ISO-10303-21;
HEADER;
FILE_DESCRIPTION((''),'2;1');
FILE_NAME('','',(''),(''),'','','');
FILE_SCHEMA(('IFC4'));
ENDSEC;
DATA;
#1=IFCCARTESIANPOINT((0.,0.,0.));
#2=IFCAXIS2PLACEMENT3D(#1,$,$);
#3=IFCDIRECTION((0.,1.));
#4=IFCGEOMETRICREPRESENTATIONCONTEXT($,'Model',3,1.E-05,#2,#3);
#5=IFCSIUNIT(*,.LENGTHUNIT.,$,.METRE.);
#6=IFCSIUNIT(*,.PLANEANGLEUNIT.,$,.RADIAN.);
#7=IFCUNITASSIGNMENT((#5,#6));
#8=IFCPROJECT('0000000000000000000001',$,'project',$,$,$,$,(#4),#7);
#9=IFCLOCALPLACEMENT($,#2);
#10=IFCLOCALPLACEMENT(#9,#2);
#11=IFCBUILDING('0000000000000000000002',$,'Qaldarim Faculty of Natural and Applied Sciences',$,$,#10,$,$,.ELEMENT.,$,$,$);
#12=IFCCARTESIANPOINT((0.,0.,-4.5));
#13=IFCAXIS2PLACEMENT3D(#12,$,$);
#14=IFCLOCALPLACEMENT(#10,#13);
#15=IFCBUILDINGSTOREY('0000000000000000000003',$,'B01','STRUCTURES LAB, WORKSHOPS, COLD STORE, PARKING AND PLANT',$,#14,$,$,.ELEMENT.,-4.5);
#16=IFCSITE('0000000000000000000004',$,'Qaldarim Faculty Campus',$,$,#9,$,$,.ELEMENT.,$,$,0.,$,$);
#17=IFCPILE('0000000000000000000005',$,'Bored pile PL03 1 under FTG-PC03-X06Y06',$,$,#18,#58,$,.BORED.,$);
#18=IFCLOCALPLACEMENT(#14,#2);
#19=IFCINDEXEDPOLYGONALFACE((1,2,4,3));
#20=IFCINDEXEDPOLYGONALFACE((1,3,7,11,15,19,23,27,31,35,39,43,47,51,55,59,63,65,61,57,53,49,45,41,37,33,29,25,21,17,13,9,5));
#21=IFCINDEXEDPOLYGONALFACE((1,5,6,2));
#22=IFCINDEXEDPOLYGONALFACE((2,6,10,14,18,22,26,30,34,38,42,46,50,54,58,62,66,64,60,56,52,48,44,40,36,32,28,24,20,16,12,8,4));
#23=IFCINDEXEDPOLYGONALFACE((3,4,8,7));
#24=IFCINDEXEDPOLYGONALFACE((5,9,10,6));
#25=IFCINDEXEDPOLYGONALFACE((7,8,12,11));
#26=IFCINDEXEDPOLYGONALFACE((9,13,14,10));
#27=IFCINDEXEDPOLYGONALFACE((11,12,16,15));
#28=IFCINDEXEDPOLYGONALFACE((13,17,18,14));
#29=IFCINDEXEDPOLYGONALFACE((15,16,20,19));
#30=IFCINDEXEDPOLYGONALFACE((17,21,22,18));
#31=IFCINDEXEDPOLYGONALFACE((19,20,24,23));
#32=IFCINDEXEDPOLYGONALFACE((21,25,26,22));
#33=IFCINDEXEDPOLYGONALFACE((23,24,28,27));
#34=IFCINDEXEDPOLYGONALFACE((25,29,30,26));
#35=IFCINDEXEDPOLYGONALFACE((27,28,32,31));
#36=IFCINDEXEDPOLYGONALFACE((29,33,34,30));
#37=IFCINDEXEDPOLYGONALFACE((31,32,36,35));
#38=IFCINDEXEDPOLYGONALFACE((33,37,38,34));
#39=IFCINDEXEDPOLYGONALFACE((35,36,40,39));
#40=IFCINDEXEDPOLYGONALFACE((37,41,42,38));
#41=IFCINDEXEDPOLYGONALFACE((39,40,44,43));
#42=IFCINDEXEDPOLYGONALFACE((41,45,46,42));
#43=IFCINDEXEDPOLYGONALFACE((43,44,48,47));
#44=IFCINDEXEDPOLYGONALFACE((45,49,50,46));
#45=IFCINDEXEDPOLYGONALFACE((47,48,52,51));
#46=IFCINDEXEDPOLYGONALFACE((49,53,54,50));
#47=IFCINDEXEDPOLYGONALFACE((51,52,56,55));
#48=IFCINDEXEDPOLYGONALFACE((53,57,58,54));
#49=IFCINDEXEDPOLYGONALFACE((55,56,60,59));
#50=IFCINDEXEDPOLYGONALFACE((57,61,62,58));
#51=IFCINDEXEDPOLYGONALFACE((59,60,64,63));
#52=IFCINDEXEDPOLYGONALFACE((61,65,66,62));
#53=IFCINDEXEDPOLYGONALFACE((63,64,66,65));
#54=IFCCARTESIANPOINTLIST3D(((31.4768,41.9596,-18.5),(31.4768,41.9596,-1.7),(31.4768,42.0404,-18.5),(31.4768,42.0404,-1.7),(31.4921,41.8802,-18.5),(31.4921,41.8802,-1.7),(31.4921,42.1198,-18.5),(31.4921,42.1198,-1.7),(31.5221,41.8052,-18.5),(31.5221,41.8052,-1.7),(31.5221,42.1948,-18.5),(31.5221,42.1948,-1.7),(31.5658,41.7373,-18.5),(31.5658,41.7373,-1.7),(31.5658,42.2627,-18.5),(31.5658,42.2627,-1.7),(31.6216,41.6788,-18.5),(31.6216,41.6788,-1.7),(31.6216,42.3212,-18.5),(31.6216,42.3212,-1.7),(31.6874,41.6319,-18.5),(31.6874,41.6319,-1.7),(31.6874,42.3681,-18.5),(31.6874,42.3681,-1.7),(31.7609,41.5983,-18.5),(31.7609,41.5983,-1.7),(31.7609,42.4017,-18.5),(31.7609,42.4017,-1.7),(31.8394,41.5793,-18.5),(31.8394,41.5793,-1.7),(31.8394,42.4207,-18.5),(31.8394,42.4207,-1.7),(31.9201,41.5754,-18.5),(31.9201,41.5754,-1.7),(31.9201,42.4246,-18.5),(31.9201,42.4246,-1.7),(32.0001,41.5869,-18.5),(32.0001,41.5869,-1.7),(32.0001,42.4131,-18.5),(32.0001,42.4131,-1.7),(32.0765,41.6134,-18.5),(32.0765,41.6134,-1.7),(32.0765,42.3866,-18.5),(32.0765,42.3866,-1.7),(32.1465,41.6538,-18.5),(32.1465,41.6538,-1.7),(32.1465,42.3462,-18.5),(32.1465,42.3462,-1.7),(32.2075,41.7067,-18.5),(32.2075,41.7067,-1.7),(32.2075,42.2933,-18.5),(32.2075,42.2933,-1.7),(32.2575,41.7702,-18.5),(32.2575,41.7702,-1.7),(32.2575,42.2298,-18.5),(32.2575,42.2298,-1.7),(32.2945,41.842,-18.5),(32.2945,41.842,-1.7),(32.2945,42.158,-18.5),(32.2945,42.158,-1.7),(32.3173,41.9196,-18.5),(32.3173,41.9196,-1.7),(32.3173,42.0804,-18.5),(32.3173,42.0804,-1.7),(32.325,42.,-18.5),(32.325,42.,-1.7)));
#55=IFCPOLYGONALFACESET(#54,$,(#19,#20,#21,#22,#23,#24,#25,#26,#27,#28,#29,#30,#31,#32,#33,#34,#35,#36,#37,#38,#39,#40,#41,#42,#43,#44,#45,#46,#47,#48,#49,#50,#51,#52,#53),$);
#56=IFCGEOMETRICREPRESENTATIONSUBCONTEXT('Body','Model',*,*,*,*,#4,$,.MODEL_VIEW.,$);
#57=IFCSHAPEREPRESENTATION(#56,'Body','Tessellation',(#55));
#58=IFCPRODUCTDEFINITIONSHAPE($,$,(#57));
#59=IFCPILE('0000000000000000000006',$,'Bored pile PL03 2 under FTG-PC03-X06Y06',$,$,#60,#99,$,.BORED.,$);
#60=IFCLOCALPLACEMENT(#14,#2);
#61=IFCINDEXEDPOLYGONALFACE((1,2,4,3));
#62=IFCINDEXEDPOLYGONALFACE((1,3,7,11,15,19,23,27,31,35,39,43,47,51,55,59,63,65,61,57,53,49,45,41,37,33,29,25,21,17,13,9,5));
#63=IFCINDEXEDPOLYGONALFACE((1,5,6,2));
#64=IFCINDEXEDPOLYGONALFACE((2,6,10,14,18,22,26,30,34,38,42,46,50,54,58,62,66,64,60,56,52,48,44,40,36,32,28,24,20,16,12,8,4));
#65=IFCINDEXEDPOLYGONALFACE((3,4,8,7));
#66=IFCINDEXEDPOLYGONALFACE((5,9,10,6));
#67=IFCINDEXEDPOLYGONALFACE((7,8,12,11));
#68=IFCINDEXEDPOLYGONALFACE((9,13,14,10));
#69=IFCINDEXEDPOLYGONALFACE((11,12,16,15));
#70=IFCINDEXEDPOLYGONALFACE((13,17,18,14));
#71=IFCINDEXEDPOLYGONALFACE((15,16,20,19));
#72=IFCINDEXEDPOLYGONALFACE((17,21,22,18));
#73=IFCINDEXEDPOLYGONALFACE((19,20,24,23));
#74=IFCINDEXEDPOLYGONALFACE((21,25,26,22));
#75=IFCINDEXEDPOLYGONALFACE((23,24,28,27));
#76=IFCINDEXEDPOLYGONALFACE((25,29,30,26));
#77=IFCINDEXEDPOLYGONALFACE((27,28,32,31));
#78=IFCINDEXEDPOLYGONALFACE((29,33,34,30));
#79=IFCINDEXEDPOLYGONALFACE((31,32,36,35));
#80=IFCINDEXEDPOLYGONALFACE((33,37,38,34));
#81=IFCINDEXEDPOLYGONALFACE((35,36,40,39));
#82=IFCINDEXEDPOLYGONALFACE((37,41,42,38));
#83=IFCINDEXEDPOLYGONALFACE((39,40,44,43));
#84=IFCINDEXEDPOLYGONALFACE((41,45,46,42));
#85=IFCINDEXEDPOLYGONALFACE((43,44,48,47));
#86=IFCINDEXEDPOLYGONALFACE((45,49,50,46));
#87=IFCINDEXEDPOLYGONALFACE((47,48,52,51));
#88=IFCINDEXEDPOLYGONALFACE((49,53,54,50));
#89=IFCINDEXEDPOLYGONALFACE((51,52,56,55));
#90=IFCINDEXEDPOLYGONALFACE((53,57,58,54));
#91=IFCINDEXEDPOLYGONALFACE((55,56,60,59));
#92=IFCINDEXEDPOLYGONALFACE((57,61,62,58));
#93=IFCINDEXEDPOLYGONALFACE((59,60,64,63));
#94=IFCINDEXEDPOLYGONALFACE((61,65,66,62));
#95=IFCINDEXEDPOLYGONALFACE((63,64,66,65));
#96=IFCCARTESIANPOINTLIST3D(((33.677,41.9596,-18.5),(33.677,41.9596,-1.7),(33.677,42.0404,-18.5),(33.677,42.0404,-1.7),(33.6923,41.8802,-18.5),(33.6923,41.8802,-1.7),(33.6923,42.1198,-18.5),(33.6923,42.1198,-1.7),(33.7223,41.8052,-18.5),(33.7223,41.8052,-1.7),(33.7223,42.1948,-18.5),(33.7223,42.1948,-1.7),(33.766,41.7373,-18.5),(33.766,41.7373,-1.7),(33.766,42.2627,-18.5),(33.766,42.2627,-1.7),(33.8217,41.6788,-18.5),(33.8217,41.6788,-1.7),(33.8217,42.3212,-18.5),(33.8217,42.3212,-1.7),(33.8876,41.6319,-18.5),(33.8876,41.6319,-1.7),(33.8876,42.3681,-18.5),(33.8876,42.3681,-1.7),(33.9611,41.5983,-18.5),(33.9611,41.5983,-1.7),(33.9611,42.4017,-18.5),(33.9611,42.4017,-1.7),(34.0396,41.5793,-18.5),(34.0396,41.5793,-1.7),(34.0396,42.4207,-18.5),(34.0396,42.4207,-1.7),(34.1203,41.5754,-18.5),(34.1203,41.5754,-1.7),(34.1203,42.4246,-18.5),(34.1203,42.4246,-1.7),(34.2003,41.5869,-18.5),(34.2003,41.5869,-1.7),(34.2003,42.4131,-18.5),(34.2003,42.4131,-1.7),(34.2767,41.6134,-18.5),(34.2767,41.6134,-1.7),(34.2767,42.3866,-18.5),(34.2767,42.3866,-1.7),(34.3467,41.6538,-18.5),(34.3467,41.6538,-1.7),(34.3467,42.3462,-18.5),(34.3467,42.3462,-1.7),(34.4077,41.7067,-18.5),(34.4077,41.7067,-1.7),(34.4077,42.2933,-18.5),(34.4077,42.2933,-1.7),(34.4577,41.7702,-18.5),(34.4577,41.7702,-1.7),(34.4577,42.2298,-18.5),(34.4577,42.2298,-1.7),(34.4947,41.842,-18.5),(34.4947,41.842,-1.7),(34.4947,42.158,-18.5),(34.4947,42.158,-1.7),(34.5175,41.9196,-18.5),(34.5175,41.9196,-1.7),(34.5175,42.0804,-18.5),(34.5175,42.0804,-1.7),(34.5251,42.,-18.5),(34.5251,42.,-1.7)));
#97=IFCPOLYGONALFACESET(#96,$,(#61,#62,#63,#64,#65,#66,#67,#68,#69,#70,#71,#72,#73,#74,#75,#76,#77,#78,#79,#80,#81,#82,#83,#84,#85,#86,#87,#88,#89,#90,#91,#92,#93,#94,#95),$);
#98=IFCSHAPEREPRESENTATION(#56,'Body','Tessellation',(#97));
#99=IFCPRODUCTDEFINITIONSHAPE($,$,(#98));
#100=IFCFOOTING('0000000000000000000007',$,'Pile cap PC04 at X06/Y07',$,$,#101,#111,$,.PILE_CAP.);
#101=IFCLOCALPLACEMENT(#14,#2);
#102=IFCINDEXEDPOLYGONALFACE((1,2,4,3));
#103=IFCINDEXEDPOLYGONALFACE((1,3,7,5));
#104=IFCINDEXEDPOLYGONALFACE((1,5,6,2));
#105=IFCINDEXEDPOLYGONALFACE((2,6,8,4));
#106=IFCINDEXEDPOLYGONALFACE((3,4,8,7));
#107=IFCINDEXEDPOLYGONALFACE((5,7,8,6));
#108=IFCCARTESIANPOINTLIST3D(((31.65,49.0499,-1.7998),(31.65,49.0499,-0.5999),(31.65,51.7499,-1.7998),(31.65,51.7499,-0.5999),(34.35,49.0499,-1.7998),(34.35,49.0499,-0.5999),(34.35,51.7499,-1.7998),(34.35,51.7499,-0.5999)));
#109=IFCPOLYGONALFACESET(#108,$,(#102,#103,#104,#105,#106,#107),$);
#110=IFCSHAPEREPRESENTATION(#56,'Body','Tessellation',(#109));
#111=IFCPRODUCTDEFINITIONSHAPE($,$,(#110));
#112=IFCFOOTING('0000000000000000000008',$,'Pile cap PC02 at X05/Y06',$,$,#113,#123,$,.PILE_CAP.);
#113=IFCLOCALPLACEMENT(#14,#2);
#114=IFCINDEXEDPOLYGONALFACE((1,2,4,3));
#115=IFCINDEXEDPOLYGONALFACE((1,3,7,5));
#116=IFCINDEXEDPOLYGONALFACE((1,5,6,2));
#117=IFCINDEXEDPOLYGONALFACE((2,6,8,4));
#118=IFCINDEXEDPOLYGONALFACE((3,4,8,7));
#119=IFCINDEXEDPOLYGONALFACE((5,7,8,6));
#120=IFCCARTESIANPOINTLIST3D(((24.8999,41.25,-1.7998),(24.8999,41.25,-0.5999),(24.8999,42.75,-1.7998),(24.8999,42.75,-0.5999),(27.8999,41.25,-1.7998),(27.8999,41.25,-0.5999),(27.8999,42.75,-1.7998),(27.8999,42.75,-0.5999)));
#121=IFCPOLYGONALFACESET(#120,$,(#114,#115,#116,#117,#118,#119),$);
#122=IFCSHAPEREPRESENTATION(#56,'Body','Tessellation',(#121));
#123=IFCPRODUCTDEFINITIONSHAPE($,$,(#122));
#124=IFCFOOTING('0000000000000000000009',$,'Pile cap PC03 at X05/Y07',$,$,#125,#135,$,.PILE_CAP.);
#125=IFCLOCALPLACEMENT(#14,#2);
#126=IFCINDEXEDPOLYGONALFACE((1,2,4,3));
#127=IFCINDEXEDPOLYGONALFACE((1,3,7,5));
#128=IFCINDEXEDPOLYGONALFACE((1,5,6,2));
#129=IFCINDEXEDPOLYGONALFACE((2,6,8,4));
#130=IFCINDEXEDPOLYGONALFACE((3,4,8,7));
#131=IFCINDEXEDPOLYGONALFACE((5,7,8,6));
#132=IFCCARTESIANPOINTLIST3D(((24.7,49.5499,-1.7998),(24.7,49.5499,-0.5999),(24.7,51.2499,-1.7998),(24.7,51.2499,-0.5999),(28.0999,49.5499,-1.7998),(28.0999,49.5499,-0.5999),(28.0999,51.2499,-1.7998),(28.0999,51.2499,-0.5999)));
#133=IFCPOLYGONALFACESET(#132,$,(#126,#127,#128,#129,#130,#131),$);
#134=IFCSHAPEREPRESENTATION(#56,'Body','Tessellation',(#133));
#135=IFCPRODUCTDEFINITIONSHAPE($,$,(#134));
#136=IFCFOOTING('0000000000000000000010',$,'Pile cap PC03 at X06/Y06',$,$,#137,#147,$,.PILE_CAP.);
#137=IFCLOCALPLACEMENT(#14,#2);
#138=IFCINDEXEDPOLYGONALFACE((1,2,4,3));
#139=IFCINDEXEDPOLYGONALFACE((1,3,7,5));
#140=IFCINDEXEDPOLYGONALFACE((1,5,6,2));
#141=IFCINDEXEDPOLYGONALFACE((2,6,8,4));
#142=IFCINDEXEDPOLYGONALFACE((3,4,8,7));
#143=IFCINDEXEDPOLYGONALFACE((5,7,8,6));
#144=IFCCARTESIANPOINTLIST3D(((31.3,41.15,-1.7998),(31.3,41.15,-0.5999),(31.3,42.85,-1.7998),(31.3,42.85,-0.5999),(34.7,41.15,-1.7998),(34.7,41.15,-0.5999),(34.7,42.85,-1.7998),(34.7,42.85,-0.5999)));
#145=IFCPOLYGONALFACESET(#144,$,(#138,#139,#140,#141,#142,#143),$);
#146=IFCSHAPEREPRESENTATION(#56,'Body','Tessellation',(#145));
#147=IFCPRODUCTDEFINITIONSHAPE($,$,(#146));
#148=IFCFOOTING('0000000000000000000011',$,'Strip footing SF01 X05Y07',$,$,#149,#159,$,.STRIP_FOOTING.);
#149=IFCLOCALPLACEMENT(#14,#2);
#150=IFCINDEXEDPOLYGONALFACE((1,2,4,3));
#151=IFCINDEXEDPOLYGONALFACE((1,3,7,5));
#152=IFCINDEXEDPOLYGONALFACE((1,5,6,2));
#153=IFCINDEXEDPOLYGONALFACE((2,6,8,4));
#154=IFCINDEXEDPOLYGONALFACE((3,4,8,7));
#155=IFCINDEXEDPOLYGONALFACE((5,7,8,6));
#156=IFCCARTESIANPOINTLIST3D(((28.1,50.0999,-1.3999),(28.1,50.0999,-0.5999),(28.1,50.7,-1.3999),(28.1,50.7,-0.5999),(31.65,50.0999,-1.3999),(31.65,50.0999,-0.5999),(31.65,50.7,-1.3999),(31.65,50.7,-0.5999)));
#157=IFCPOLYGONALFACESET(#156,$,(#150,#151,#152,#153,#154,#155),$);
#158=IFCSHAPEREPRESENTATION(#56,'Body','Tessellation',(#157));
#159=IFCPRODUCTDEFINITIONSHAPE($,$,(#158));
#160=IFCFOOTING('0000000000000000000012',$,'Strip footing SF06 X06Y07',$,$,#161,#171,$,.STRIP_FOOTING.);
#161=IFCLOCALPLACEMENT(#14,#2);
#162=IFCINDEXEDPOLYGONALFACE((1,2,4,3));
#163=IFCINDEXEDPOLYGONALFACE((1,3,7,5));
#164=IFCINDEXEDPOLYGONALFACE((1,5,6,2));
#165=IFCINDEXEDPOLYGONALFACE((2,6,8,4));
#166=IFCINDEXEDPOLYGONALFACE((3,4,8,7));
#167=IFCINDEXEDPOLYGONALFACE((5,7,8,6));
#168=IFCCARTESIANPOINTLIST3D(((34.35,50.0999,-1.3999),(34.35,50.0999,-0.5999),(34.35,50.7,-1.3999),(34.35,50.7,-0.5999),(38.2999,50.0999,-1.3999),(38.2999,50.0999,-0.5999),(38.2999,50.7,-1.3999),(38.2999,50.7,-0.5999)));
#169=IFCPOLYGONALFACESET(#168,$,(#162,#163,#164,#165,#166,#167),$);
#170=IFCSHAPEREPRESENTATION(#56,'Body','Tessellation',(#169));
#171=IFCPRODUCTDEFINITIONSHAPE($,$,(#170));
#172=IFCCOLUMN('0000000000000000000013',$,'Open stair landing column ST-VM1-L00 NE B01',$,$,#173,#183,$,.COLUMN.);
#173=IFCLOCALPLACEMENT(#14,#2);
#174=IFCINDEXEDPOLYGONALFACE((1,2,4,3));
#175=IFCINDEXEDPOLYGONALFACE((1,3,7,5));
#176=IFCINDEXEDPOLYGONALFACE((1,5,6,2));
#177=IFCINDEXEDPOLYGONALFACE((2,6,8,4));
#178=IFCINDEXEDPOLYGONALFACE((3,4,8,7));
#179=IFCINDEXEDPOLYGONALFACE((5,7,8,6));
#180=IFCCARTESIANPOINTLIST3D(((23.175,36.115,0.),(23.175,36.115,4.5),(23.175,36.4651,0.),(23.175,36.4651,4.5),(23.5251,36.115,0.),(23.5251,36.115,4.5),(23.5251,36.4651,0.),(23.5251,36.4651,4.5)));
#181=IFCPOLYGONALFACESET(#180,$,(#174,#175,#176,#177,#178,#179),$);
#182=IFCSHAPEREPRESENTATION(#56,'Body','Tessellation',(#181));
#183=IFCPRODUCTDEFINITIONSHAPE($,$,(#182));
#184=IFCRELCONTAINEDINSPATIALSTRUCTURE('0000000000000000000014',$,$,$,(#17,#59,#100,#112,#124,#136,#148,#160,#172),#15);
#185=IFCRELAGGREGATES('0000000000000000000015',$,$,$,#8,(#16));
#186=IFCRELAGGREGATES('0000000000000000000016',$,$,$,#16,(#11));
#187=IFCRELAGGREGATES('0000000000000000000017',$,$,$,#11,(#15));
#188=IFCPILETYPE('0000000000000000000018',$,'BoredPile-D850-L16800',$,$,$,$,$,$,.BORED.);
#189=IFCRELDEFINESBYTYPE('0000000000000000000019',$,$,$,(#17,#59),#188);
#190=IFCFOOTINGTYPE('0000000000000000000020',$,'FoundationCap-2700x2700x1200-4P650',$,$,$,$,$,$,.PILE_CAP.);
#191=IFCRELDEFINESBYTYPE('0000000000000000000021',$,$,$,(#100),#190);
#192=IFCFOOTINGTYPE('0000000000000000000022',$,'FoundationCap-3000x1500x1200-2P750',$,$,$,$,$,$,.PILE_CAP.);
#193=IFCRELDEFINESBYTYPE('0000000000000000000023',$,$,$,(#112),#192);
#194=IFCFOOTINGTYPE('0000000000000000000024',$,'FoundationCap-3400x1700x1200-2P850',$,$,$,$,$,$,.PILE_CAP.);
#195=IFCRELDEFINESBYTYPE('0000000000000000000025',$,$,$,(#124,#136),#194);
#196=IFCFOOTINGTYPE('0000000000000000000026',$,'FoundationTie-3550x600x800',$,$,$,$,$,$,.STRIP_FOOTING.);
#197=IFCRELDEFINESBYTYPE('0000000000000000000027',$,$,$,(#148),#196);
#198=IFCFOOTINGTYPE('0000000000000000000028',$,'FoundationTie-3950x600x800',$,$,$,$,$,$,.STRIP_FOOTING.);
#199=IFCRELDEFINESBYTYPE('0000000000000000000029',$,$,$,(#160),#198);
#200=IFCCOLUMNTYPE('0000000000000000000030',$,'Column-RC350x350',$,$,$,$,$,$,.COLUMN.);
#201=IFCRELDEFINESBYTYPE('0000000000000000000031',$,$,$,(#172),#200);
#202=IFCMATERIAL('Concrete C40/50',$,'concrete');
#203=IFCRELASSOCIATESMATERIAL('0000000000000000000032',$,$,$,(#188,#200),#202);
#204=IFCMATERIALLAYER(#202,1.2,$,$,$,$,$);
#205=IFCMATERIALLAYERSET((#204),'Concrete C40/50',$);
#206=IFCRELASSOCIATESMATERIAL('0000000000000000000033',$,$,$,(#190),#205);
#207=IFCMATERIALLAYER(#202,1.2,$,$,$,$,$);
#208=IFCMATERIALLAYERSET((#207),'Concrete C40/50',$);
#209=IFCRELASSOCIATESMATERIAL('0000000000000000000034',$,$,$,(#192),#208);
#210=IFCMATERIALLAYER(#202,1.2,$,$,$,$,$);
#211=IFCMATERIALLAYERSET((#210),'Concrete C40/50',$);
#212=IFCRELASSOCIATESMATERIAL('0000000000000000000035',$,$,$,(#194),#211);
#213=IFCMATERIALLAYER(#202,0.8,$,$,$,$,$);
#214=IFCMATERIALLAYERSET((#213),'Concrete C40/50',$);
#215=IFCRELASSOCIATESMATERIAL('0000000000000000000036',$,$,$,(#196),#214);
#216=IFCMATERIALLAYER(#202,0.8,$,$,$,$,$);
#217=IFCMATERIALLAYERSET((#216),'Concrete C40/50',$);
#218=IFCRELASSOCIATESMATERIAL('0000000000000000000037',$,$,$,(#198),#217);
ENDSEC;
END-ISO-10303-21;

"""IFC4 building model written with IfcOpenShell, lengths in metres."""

from ifc_helpers import new_model, si_unit, direction, frame, origin, origin_2d, place, context, subcontext, project, spatial, rectangle, circle, extrude, material, layer, layer_set, material_profile, profile_set, type_object, element, save


model = new_model("IFC4")

# Units and contexts
model_context = context("Model", 3, precision=1e-05, world=origin(), true_north=direction((0.0, 1.0)))
body_context = subcontext(model_context, "Body", "Model", "MODEL_VIEW")
ifc_project = project(units=[si_unit("LENGTHUNIT", "METRE"), si_unit("PLANEANGLEUNIT", "RADIAN")], contexts=[model_context])

# Site, building, storey
site_placement = place(None, origin())
site = spatial("IfcSite", under=ifc_project, at=site_placement, Name="Qaldarim Faculty Campus", CompositionType="ELEMENT", RefElevation=0.0)
building_placement = place(site_placement, origin())
building = spatial("IfcBuilding", under=site, at=building_placement, Name="Qaldarim Faculty of Natural and Applied Sciences", CompositionType="ELEMENT")
storey_placement = place(building_placement, frame((0.0, 0.0, -4.5)))
storey = spatial("IfcBuildingStorey", under=building, at=storey_placement, Name="B01", Description="STRUCTURES LAB, WORKSHOPS, COLD STORE, PARKING AND PLANT", CompositionType="ELEMENT", Elevation=-4.5)

# Piles
ifc_material_1 = material(Name="Concrete C40/50", Category="concrete")
ifc_material_profile_1 = material_profile(ifc_material_1, circle(Radius=0.425, at=origin_2d()), Name="PILE-D850")
ifc_profile_set_1 = profile_set([ifc_material_profile_1], Name="Concrete C40/50")
pile_type_1 = type_object("IfcPileType", Name="BoredPile-D850-L16800", PredefinedType="BORED", material=ifc_profile_set_1)
for number, where, z_axis, x_axis, name in (
    (1, (31.8999, 42.0, -1.7), (0.0, 0.0, -1.0), (1.0, 0.0, 0.0), "Bored pile PL03 1 under FTG-PC03-X06Y06"),
    (2, (34.1001, 42.0, -1.7), (0.0, 0.0, -1.0), (1.0, 0.0, 0.0), "Bored pile PL03 2 under FTG-PC03-X06Y06"),
):
    element("IfcPile", number, at=place(storey_placement, frame(where, z_axis=z_axis, x_axis=x_axis)), inside=storey, type_object=pile_type_1, Name=name, PredefinedType="BORED", context=body_context, shape_type="SweptSolid", body=[
        extrude(circle(Radius=0.425, at=origin_2d()), origin(), (0.0, 0.0, 1.0), 16.8),
    ])

# Footings
ifc_layer_1 = layer(ifc_material_1, 1.2)
ifc_layer_set_1 = layer_set([ifc_layer_1], Name="Concrete C40/50")
footing_type_1 = type_object("IfcFootingType", Name="FoundationCap-2700x2700x1200-4P650", PredefinedType="PILE_CAP", material=ifc_layer_set_1)
footing_1_placement = place(storey_placement, frame((33.0, 50.3999, -1.7998), z_axis=(0.0, 0.0, 1.0), x_axis=(1.0, 0.0, 0.0)))
element("IfcFooting", 3, at=footing_1_placement, inside=storey, type_object=footing_type_1, Name="Pile cap PC04 at X06/Y07", PredefinedType="PILE_CAP", context=body_context, shape_type="SweptSolid", body=[
    extrude(rectangle(XDim=2.7, YDim=2.7, at=origin_2d()), origin(), (0.0, 0.0, 1.0), 1.2),
])
ifc_layer_2 = layer(ifc_material_1, 1.2)
ifc_layer_set_2 = layer_set([ifc_layer_2], Name="Concrete C40/50")
footing_type_2 = type_object("IfcFootingType", Name="FoundationCap-3000x1500x1200-2P750", PredefinedType="PILE_CAP", material=ifc_layer_set_2)
footing_2_placement = place(storey_placement, frame((26.3999, 42.0, -1.7998), z_axis=(0.0, 0.0, 1.0), x_axis=(1.0, 0.0, 0.0)))
element("IfcFooting", 4, at=footing_2_placement, inside=storey, type_object=footing_type_2, Name="Pile cap PC02 at X05/Y06", PredefinedType="PILE_CAP", context=body_context, shape_type="SweptSolid", body=[
    extrude(rectangle(XDim=3.0, YDim=1.5, at=origin_2d()), origin(), (0.0, 0.0, 1.0), 1.2),
])
ifc_layer_3 = layer(ifc_material_1, 1.2)
ifc_layer_set_3 = layer_set([ifc_layer_3], Name="Concrete C40/50")
footing_type_3 = type_object("IfcFootingType", Name="FoundationCap-3400x1700x1200-2P850", PredefinedType="PILE_CAP", material=ifc_layer_set_3)
for number, where, z_axis, x_axis, name in (
    (5, (26.3999, 50.3999, -1.7998), (0.0, 0.0, 1.0), (1.0, 0.0, 0.0), "Pile cap PC03 at X05/Y07"),
    (6, (33.0, 42.0, -1.7998), (0.0, 0.0, 1.0), (1.0, 0.0, 0.0), "Pile cap PC03 at X06/Y06"),
):
    element("IfcFooting", number, at=place(storey_placement, frame(where, z_axis=z_axis, x_axis=x_axis)), inside=storey, type_object=footing_type_3, Name=name, PredefinedType="PILE_CAP", context=body_context, shape_type="SweptSolid", body=[
        extrude(rectangle(XDim=3.3999, YDim=1.7, at=origin_2d()), origin(), (0.0, 0.0, 1.0), 1.2),
    ])
ifc_layer_4 = layer(ifc_material_1, 0.8)
ifc_layer_set_4 = layer_set([ifc_layer_4], Name="Concrete C40/50")
footing_type_4 = type_object("IfcFootingType", Name="FoundationTie-3550x600x800", PredefinedType="STRIP_FOOTING", material=ifc_layer_set_4)
footing_3_placement = place(storey_placement, frame((29.875, 50.3999, -1.3999), z_axis=(0.0, 0.0, 1.0), x_axis=(1.0, 0.0, 0.0)))
element("IfcFooting", 7, at=footing_3_placement, inside=storey, type_object=footing_type_4, Name="Strip footing SF01 X05Y07", PredefinedType="STRIP_FOOTING", context=body_context, shape_type="SweptSolid", body=[
    extrude(rectangle(XDim=3.55, YDim=0.6001, at=origin_2d()), origin(), (0.0, 0.0, 1.0), 0.8),
])
ifc_layer_5 = layer(ifc_material_1, 0.8)
ifc_layer_set_5 = layer_set([ifc_layer_5], Name="Concrete C40/50")
footing_type_5 = type_object("IfcFootingType", Name="FoundationTie-3950x600x800", PredefinedType="STRIP_FOOTING", material=ifc_layer_set_5)
footing_4_placement = place(storey_placement, frame((36.325, 50.3999, -1.3999), z_axis=(0.0, 0.0, 1.0), x_axis=(1.0, 0.0, 0.0)))
element("IfcFooting", 8, at=footing_4_placement, inside=storey, type_object=footing_type_5, Name="Strip footing SF06 X06Y07", PredefinedType="STRIP_FOOTING", context=body_context, shape_type="SweptSolid", body=[
    extrude(rectangle(XDim=3.95, YDim=0.6001, at=origin_2d()), origin(), (0.0, 0.0, 1.0), 0.8),
])

# Column
ifc_material_profile_2 = material_profile(ifc_material_1, rectangle(XDim=0.3501, YDim=0.3501, at=origin_2d()), Name="RC-C350x350")
ifc_profile_set_2 = profile_set([ifc_material_profile_2], Name="Concrete C40/50")
column_type_1 = type_object("IfcColumnType", Name="Column-RC350x350", PredefinedType="COLUMN", material=ifc_profile_set_2)
column_placement = place(storey_placement, frame((23.3501, 36.29, 0.0), z_axis=(0.0, 0.0, 1.0), x_axis=(1.0, 0.0, 0.0)))
element("IfcColumn", 9, at=column_placement, inside=storey, type_object=column_type_1, Name="Open stair landing column ST-VM1-L00 NE B01", PredefinedType="COLUMN", context=body_context, shape_type="SweptSolid", body=[
    extrude(rectangle(XDim=0.3501, YDim=0.3501, at=origin_2d()), origin(), (0.0, 0.0, 1.0), 4.5),
])

save(model, "model.ifc")
